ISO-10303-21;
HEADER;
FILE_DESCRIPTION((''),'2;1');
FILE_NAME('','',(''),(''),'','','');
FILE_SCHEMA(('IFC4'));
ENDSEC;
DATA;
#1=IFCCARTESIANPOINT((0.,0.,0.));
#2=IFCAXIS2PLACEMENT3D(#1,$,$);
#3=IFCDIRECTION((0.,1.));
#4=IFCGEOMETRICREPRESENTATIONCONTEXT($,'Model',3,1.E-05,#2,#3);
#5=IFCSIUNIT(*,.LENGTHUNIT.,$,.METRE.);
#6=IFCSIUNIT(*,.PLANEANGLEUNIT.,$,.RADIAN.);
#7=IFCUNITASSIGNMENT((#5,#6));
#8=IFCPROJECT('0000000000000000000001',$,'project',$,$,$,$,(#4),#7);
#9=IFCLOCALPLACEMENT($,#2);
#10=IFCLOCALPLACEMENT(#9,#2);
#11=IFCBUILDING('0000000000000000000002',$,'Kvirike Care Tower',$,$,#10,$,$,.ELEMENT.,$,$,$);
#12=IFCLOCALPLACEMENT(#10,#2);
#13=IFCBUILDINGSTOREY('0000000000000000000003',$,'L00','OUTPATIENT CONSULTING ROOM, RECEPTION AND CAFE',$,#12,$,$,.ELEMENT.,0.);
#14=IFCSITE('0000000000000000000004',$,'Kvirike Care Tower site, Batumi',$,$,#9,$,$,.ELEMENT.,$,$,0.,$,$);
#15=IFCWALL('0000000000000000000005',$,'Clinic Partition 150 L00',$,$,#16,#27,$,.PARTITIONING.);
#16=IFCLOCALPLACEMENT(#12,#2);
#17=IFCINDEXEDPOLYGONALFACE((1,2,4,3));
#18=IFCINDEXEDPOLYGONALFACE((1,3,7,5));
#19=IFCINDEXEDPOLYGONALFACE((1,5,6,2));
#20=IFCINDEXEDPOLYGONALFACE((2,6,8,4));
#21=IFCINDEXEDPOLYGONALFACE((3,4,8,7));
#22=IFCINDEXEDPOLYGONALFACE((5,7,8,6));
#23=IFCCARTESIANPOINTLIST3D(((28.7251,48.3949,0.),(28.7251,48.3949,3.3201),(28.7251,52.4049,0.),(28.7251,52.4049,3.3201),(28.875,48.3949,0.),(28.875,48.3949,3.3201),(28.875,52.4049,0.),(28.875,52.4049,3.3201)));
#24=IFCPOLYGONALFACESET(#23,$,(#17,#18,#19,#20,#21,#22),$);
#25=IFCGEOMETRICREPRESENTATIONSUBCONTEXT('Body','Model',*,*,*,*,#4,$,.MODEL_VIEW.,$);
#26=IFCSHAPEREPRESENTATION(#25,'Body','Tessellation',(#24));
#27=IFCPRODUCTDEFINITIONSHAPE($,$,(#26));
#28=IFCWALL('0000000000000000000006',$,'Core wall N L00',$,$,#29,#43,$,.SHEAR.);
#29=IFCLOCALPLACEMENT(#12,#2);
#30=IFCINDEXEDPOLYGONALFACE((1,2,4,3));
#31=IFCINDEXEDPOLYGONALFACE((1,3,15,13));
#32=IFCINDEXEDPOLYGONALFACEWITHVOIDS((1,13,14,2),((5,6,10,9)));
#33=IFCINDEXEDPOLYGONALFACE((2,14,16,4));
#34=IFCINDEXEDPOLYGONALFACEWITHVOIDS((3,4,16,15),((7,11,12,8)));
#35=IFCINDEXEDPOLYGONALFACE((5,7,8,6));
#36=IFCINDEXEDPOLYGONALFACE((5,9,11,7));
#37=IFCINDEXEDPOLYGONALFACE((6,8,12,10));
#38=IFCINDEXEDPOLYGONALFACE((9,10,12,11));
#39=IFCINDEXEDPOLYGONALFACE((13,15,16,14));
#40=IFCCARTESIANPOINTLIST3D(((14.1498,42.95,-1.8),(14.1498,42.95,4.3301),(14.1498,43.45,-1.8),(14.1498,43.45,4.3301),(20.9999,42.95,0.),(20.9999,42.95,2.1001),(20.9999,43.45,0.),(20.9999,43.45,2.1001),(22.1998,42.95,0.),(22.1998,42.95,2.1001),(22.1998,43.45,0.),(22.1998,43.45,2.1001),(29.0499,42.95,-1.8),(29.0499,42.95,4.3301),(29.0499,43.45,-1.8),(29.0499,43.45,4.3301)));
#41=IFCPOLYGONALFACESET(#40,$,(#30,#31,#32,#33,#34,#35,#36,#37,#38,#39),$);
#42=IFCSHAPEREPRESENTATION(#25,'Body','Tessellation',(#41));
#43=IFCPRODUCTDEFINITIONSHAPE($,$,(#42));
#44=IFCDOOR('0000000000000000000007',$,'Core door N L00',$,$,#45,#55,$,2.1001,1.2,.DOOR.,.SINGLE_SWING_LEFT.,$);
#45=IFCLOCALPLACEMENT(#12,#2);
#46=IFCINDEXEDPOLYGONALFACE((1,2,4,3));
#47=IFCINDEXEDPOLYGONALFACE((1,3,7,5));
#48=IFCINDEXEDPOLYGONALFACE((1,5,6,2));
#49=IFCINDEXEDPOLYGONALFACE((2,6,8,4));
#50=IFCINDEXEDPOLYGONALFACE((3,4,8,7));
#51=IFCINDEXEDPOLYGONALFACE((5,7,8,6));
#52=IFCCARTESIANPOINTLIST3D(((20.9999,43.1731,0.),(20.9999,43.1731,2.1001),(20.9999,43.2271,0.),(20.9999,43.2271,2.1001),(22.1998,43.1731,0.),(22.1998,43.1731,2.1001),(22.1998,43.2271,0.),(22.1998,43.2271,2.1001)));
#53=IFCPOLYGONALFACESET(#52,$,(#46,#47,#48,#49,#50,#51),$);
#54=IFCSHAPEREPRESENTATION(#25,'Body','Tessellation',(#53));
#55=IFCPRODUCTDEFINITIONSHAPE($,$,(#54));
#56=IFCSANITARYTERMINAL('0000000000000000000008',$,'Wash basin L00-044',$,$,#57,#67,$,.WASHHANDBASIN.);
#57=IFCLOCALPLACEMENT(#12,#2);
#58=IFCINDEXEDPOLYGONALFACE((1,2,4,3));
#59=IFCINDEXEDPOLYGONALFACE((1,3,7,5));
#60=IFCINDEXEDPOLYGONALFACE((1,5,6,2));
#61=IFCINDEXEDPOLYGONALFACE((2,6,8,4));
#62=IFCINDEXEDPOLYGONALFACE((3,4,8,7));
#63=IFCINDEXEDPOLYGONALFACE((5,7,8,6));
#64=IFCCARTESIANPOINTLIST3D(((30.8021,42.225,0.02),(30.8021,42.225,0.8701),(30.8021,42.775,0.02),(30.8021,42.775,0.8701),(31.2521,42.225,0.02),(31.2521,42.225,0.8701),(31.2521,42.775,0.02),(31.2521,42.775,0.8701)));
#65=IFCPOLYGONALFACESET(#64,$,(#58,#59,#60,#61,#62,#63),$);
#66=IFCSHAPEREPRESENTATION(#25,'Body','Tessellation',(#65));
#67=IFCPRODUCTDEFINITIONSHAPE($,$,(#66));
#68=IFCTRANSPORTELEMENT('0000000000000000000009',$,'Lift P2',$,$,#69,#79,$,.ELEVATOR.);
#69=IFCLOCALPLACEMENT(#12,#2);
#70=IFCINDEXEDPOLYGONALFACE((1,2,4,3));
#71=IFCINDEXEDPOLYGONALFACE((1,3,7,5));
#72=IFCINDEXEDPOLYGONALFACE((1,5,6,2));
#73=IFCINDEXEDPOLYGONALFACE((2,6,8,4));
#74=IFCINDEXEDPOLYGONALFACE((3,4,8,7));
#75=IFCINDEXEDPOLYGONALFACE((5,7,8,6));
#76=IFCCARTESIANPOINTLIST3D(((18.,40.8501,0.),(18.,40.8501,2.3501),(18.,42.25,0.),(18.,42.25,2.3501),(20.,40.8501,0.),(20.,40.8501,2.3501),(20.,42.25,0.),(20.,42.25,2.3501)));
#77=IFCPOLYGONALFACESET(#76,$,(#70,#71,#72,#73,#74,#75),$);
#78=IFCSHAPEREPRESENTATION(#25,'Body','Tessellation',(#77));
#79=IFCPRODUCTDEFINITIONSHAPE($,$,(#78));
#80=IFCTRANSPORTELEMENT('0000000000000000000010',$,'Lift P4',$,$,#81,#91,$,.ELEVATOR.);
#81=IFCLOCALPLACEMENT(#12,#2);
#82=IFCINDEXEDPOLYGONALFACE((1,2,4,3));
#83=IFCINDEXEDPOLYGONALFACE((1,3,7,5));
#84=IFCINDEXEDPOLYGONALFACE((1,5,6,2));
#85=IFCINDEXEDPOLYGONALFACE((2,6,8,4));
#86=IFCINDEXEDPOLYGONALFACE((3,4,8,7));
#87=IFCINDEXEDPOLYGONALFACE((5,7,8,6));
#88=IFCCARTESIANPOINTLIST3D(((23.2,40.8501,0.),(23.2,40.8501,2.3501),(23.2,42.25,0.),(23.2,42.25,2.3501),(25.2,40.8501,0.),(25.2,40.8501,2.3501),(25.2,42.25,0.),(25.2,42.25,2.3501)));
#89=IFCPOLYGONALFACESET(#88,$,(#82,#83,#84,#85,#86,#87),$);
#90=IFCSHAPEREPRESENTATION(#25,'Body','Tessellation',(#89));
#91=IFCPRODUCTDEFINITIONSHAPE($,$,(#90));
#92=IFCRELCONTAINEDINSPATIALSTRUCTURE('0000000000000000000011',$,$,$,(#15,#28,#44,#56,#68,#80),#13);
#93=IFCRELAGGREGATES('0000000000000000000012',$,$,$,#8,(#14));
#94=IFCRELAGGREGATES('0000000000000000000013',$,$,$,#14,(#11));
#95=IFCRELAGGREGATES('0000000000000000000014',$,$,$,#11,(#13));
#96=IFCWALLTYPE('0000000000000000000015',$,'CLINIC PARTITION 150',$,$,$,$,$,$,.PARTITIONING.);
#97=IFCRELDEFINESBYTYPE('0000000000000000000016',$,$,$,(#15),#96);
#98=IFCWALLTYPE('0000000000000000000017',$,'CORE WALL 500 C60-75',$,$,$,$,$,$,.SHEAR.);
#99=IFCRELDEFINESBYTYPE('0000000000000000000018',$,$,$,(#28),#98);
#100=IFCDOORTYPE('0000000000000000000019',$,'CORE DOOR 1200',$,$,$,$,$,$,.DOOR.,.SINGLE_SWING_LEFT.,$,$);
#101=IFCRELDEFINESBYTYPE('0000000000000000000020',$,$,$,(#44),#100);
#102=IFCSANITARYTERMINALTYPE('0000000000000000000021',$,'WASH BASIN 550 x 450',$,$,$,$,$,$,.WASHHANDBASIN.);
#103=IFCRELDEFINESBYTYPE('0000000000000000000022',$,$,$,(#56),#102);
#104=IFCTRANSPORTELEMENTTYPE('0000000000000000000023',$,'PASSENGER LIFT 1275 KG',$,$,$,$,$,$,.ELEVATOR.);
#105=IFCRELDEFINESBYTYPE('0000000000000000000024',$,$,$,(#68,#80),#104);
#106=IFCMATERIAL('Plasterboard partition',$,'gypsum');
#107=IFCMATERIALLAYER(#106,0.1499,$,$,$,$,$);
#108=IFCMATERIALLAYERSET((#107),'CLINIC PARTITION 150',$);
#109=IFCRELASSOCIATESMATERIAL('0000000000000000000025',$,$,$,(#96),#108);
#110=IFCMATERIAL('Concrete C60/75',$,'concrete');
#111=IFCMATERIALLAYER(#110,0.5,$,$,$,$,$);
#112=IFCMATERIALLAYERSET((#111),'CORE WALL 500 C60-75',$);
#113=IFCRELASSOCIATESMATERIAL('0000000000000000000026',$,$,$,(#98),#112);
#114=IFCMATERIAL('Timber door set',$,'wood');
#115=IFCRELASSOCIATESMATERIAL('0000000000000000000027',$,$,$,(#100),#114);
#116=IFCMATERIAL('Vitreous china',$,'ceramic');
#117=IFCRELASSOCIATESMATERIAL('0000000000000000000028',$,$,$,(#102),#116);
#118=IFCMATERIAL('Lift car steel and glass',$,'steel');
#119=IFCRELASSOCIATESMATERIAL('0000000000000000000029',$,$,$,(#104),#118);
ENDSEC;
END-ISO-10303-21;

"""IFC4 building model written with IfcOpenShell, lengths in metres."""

from ifc_helpers import new_model, si_unit, direction, frame, frame_2d, origin, origin_2d, place, context, subcontext, project, spatial, rectangle, extrude, material, layer, layer_set, type_object, element, fill, save


model = new_model("IFC4")

# Units and contexts
model_context = context("Model", 3, precision=1e-05, world=origin(), true_north=direction((0.0, 1.0)))
body_context = subcontext(model_context, "Body", "Model", "MODEL_VIEW")
ifc_project = project(units=[si_unit("LENGTHUNIT", "METRE"), si_unit("PLANEANGLEUNIT", "RADIAN")], contexts=[model_context])

# Site, building, storey
site_placement = place(None, origin())
site = spatial("IfcSite", under=ifc_project, at=site_placement, Name="Kvirike Care Tower site, Batumi", CompositionType="ELEMENT", RefElevation=0.0)
building_placement = place(site_placement, origin())
building = spatial("IfcBuilding", under=site, at=building_placement, Name="Kvirike Care Tower", CompositionType="ELEMENT")
storey_placement = place(building_placement, origin())
storey = spatial("IfcBuildingStorey", under=building, at=storey_placement, Name="L00", Description="OUTPATIENT CONSULTING ROOM, RECEPTION AND CAFE", CompositionType="ELEMENT", Elevation=0.0)

# Wall
ifc_material_1 = material(Name="Plasterboard partition", Category="gypsum")
ifc_layer_1 = layer(ifc_material_1, 0.1499)
ifc_layer_set_1 = layer_set([ifc_layer_1], Name="CLINIC PARTITION 150")
wall_type_1 = type_object("IfcWallType", Name="CLINIC PARTITION 150", PredefinedType="PARTITIONING", material=ifc_layer_set_1)
wall_1_placement = place(storey_placement, frame((28.8, 48.395, 0.0), z_axis=(0.0, 0.0, 1.0), x_axis=(0.0, 1.0, 0.0)))
element("IfcWall", 1, at=wall_1_placement, inside=storey, type_object=wall_type_1, Name="Clinic Partition 150 L00", PredefinedType="PARTITIONING", context=body_context, shape_type="SweptSolid", body=[
    extrude(rectangle(XDim=4.01, YDim=0.1499, at=frame_2d((2.0049, 0.0))), origin(), (0.0, 0.0, 1.0), 3.3201),
])

# Wall, opening, door
ifc_material_2 = material(Name="Concrete C60/75", Category="concrete")
ifc_layer_2 = layer(ifc_material_2, 0.5)
ifc_layer_set_2 = layer_set([ifc_layer_2], Name="CORE WALL 500 C60-75")
wall_type_2 = type_object("IfcWallType", Name="CORE WALL 500 C60-75", PredefinedType="SHEAR", material=ifc_layer_set_2)
wall_2_placement = place(storey_placement, frame((29.05, 43.2, -1.8), z_axis=(0.0, 0.0, 1.0), x_axis=(-1.0, 0.0, 0.0)))
wall_2 = element("IfcWall", 2, at=wall_2_placement, inside=storey, type_object=wall_type_2, Name="Core wall N L00", PredefinedType="SHEAR", context=body_context, shape_type="SweptSolid", body=[
    extrude(rectangle(XDim=14.9001, YDim=0.5, at=frame_2d((7.4502, 0.0))), origin(), (0.0, 0.0, 1.0), 6.1301),
])
opening_1_placement = place(wall_2_placement, frame((6.8501, 0.0, 1.8)))
opening_1 = element("IfcOpeningElement", 3, at=opening_1_placement, cuts=wall_2, PredefinedType="OPENING", context=body_context, shape_type="SweptSolid", body=[
    extrude(rectangle(XDim=1.2, YDim=2.1001, at=frame_2d((0.6001, 1.05))), frame((0.0, 0.2605, 0.0), z_axis=(0.0, -1.0, 0.0), x_axis=(1.0, 0.0, 0.0)), (0.0, 0.0, 1.0), 0.521),
])
ifc_material_3 = material(Name="Timber door set", Category="wood")
door_type_1 = type_object("IfcDoorType", Name="CORE DOOR 1200", OperationType="SINGLE_SWING_LEFT", PredefinedType="DOOR", material=ifc_material_3)
door_1_placement = place(opening_1_placement, origin())
door_1 = element("IfcDoor", 4, at=door_1_placement, inside=storey, type_object=door_type_1, Name="Core door N L00", OperationType="SINGLE_SWING_LEFT", OverallHeight=2.1001, OverallWidth=1.2, PredefinedType="DOOR", context=body_context, shape_type="SweptSolid", body=[
    extrude(rectangle(XDim=1.2, YDim=2.1001, at=frame_2d((0.6001, 1.05))), frame((0.0, 0.0269, 0.0), z_axis=(0.0, -1.0, 0.0), x_axis=(1.0, 0.0, 0.0)), (0.0, 0.0, 1.0), 0.054),
])
fill(opening_1, door_1)

# Sanitary terminal
ifc_material_4 = material(Name="Vitreous china", Category="ceramic")
sanitary_terminal_type = type_object("IfcSanitaryTerminalType", Name="WASH BASIN 550 x 450", PredefinedType="WASHHANDBASIN", material=ifc_material_4)
sanitary_terminal_placement = place(storey_placement, frame((31.0271, 42.5, 0.02), z_axis=(0.0, 0.0, 1.0), x_axis=(0.0, 1.0, 0.0)))
element("IfcSanitaryTerminal", 5, at=sanitary_terminal_placement, inside=storey, type_object=sanitary_terminal_type, Name="Wash basin L00-044", PredefinedType="WASHHANDBASIN", context=body_context, shape_type="SweptSolid", body=[
    extrude(rectangle(XDim=0.55, YDim=0.45, at=origin_2d()), origin(), (0.0, 0.0, 1.0), 0.8501),
])

# Transport elements
ifc_material_5 = material(Name="Lift car steel and glass", Category="steel")
transport_element_type = type_object("IfcTransportElementType", Name="PASSENGER LIFT 1275 KG", PredefinedType="ELEVATOR", material=ifc_material_5)
for number, where, z_axis, x_axis, name in (
    (6, (19.0, 41.55, 0.0), (0.0, 0.0, 1.0), (1.0, 0.0, 0.0), "Lift P2"),
    (7, (24.2, 41.55, 0.0), (0.0, 0.0, 1.0), (1.0, 0.0, 0.0), "Lift P4"),
):
    element("IfcTransportElement", number, at=place(storey_placement, frame(where, z_axis=z_axis, x_axis=x_axis)), inside=storey, type_object=transport_element_type, Name=name, PredefinedType="ELEVATOR", context=body_context, shape_type="SweptSolid", body=[
        extrude(rectangle(XDim=2.0, YDim=1.3999, at=origin_2d()), origin(), (0.0, 0.0, 1.0), 2.3501),
    ])

save(model, "model.ifc")
